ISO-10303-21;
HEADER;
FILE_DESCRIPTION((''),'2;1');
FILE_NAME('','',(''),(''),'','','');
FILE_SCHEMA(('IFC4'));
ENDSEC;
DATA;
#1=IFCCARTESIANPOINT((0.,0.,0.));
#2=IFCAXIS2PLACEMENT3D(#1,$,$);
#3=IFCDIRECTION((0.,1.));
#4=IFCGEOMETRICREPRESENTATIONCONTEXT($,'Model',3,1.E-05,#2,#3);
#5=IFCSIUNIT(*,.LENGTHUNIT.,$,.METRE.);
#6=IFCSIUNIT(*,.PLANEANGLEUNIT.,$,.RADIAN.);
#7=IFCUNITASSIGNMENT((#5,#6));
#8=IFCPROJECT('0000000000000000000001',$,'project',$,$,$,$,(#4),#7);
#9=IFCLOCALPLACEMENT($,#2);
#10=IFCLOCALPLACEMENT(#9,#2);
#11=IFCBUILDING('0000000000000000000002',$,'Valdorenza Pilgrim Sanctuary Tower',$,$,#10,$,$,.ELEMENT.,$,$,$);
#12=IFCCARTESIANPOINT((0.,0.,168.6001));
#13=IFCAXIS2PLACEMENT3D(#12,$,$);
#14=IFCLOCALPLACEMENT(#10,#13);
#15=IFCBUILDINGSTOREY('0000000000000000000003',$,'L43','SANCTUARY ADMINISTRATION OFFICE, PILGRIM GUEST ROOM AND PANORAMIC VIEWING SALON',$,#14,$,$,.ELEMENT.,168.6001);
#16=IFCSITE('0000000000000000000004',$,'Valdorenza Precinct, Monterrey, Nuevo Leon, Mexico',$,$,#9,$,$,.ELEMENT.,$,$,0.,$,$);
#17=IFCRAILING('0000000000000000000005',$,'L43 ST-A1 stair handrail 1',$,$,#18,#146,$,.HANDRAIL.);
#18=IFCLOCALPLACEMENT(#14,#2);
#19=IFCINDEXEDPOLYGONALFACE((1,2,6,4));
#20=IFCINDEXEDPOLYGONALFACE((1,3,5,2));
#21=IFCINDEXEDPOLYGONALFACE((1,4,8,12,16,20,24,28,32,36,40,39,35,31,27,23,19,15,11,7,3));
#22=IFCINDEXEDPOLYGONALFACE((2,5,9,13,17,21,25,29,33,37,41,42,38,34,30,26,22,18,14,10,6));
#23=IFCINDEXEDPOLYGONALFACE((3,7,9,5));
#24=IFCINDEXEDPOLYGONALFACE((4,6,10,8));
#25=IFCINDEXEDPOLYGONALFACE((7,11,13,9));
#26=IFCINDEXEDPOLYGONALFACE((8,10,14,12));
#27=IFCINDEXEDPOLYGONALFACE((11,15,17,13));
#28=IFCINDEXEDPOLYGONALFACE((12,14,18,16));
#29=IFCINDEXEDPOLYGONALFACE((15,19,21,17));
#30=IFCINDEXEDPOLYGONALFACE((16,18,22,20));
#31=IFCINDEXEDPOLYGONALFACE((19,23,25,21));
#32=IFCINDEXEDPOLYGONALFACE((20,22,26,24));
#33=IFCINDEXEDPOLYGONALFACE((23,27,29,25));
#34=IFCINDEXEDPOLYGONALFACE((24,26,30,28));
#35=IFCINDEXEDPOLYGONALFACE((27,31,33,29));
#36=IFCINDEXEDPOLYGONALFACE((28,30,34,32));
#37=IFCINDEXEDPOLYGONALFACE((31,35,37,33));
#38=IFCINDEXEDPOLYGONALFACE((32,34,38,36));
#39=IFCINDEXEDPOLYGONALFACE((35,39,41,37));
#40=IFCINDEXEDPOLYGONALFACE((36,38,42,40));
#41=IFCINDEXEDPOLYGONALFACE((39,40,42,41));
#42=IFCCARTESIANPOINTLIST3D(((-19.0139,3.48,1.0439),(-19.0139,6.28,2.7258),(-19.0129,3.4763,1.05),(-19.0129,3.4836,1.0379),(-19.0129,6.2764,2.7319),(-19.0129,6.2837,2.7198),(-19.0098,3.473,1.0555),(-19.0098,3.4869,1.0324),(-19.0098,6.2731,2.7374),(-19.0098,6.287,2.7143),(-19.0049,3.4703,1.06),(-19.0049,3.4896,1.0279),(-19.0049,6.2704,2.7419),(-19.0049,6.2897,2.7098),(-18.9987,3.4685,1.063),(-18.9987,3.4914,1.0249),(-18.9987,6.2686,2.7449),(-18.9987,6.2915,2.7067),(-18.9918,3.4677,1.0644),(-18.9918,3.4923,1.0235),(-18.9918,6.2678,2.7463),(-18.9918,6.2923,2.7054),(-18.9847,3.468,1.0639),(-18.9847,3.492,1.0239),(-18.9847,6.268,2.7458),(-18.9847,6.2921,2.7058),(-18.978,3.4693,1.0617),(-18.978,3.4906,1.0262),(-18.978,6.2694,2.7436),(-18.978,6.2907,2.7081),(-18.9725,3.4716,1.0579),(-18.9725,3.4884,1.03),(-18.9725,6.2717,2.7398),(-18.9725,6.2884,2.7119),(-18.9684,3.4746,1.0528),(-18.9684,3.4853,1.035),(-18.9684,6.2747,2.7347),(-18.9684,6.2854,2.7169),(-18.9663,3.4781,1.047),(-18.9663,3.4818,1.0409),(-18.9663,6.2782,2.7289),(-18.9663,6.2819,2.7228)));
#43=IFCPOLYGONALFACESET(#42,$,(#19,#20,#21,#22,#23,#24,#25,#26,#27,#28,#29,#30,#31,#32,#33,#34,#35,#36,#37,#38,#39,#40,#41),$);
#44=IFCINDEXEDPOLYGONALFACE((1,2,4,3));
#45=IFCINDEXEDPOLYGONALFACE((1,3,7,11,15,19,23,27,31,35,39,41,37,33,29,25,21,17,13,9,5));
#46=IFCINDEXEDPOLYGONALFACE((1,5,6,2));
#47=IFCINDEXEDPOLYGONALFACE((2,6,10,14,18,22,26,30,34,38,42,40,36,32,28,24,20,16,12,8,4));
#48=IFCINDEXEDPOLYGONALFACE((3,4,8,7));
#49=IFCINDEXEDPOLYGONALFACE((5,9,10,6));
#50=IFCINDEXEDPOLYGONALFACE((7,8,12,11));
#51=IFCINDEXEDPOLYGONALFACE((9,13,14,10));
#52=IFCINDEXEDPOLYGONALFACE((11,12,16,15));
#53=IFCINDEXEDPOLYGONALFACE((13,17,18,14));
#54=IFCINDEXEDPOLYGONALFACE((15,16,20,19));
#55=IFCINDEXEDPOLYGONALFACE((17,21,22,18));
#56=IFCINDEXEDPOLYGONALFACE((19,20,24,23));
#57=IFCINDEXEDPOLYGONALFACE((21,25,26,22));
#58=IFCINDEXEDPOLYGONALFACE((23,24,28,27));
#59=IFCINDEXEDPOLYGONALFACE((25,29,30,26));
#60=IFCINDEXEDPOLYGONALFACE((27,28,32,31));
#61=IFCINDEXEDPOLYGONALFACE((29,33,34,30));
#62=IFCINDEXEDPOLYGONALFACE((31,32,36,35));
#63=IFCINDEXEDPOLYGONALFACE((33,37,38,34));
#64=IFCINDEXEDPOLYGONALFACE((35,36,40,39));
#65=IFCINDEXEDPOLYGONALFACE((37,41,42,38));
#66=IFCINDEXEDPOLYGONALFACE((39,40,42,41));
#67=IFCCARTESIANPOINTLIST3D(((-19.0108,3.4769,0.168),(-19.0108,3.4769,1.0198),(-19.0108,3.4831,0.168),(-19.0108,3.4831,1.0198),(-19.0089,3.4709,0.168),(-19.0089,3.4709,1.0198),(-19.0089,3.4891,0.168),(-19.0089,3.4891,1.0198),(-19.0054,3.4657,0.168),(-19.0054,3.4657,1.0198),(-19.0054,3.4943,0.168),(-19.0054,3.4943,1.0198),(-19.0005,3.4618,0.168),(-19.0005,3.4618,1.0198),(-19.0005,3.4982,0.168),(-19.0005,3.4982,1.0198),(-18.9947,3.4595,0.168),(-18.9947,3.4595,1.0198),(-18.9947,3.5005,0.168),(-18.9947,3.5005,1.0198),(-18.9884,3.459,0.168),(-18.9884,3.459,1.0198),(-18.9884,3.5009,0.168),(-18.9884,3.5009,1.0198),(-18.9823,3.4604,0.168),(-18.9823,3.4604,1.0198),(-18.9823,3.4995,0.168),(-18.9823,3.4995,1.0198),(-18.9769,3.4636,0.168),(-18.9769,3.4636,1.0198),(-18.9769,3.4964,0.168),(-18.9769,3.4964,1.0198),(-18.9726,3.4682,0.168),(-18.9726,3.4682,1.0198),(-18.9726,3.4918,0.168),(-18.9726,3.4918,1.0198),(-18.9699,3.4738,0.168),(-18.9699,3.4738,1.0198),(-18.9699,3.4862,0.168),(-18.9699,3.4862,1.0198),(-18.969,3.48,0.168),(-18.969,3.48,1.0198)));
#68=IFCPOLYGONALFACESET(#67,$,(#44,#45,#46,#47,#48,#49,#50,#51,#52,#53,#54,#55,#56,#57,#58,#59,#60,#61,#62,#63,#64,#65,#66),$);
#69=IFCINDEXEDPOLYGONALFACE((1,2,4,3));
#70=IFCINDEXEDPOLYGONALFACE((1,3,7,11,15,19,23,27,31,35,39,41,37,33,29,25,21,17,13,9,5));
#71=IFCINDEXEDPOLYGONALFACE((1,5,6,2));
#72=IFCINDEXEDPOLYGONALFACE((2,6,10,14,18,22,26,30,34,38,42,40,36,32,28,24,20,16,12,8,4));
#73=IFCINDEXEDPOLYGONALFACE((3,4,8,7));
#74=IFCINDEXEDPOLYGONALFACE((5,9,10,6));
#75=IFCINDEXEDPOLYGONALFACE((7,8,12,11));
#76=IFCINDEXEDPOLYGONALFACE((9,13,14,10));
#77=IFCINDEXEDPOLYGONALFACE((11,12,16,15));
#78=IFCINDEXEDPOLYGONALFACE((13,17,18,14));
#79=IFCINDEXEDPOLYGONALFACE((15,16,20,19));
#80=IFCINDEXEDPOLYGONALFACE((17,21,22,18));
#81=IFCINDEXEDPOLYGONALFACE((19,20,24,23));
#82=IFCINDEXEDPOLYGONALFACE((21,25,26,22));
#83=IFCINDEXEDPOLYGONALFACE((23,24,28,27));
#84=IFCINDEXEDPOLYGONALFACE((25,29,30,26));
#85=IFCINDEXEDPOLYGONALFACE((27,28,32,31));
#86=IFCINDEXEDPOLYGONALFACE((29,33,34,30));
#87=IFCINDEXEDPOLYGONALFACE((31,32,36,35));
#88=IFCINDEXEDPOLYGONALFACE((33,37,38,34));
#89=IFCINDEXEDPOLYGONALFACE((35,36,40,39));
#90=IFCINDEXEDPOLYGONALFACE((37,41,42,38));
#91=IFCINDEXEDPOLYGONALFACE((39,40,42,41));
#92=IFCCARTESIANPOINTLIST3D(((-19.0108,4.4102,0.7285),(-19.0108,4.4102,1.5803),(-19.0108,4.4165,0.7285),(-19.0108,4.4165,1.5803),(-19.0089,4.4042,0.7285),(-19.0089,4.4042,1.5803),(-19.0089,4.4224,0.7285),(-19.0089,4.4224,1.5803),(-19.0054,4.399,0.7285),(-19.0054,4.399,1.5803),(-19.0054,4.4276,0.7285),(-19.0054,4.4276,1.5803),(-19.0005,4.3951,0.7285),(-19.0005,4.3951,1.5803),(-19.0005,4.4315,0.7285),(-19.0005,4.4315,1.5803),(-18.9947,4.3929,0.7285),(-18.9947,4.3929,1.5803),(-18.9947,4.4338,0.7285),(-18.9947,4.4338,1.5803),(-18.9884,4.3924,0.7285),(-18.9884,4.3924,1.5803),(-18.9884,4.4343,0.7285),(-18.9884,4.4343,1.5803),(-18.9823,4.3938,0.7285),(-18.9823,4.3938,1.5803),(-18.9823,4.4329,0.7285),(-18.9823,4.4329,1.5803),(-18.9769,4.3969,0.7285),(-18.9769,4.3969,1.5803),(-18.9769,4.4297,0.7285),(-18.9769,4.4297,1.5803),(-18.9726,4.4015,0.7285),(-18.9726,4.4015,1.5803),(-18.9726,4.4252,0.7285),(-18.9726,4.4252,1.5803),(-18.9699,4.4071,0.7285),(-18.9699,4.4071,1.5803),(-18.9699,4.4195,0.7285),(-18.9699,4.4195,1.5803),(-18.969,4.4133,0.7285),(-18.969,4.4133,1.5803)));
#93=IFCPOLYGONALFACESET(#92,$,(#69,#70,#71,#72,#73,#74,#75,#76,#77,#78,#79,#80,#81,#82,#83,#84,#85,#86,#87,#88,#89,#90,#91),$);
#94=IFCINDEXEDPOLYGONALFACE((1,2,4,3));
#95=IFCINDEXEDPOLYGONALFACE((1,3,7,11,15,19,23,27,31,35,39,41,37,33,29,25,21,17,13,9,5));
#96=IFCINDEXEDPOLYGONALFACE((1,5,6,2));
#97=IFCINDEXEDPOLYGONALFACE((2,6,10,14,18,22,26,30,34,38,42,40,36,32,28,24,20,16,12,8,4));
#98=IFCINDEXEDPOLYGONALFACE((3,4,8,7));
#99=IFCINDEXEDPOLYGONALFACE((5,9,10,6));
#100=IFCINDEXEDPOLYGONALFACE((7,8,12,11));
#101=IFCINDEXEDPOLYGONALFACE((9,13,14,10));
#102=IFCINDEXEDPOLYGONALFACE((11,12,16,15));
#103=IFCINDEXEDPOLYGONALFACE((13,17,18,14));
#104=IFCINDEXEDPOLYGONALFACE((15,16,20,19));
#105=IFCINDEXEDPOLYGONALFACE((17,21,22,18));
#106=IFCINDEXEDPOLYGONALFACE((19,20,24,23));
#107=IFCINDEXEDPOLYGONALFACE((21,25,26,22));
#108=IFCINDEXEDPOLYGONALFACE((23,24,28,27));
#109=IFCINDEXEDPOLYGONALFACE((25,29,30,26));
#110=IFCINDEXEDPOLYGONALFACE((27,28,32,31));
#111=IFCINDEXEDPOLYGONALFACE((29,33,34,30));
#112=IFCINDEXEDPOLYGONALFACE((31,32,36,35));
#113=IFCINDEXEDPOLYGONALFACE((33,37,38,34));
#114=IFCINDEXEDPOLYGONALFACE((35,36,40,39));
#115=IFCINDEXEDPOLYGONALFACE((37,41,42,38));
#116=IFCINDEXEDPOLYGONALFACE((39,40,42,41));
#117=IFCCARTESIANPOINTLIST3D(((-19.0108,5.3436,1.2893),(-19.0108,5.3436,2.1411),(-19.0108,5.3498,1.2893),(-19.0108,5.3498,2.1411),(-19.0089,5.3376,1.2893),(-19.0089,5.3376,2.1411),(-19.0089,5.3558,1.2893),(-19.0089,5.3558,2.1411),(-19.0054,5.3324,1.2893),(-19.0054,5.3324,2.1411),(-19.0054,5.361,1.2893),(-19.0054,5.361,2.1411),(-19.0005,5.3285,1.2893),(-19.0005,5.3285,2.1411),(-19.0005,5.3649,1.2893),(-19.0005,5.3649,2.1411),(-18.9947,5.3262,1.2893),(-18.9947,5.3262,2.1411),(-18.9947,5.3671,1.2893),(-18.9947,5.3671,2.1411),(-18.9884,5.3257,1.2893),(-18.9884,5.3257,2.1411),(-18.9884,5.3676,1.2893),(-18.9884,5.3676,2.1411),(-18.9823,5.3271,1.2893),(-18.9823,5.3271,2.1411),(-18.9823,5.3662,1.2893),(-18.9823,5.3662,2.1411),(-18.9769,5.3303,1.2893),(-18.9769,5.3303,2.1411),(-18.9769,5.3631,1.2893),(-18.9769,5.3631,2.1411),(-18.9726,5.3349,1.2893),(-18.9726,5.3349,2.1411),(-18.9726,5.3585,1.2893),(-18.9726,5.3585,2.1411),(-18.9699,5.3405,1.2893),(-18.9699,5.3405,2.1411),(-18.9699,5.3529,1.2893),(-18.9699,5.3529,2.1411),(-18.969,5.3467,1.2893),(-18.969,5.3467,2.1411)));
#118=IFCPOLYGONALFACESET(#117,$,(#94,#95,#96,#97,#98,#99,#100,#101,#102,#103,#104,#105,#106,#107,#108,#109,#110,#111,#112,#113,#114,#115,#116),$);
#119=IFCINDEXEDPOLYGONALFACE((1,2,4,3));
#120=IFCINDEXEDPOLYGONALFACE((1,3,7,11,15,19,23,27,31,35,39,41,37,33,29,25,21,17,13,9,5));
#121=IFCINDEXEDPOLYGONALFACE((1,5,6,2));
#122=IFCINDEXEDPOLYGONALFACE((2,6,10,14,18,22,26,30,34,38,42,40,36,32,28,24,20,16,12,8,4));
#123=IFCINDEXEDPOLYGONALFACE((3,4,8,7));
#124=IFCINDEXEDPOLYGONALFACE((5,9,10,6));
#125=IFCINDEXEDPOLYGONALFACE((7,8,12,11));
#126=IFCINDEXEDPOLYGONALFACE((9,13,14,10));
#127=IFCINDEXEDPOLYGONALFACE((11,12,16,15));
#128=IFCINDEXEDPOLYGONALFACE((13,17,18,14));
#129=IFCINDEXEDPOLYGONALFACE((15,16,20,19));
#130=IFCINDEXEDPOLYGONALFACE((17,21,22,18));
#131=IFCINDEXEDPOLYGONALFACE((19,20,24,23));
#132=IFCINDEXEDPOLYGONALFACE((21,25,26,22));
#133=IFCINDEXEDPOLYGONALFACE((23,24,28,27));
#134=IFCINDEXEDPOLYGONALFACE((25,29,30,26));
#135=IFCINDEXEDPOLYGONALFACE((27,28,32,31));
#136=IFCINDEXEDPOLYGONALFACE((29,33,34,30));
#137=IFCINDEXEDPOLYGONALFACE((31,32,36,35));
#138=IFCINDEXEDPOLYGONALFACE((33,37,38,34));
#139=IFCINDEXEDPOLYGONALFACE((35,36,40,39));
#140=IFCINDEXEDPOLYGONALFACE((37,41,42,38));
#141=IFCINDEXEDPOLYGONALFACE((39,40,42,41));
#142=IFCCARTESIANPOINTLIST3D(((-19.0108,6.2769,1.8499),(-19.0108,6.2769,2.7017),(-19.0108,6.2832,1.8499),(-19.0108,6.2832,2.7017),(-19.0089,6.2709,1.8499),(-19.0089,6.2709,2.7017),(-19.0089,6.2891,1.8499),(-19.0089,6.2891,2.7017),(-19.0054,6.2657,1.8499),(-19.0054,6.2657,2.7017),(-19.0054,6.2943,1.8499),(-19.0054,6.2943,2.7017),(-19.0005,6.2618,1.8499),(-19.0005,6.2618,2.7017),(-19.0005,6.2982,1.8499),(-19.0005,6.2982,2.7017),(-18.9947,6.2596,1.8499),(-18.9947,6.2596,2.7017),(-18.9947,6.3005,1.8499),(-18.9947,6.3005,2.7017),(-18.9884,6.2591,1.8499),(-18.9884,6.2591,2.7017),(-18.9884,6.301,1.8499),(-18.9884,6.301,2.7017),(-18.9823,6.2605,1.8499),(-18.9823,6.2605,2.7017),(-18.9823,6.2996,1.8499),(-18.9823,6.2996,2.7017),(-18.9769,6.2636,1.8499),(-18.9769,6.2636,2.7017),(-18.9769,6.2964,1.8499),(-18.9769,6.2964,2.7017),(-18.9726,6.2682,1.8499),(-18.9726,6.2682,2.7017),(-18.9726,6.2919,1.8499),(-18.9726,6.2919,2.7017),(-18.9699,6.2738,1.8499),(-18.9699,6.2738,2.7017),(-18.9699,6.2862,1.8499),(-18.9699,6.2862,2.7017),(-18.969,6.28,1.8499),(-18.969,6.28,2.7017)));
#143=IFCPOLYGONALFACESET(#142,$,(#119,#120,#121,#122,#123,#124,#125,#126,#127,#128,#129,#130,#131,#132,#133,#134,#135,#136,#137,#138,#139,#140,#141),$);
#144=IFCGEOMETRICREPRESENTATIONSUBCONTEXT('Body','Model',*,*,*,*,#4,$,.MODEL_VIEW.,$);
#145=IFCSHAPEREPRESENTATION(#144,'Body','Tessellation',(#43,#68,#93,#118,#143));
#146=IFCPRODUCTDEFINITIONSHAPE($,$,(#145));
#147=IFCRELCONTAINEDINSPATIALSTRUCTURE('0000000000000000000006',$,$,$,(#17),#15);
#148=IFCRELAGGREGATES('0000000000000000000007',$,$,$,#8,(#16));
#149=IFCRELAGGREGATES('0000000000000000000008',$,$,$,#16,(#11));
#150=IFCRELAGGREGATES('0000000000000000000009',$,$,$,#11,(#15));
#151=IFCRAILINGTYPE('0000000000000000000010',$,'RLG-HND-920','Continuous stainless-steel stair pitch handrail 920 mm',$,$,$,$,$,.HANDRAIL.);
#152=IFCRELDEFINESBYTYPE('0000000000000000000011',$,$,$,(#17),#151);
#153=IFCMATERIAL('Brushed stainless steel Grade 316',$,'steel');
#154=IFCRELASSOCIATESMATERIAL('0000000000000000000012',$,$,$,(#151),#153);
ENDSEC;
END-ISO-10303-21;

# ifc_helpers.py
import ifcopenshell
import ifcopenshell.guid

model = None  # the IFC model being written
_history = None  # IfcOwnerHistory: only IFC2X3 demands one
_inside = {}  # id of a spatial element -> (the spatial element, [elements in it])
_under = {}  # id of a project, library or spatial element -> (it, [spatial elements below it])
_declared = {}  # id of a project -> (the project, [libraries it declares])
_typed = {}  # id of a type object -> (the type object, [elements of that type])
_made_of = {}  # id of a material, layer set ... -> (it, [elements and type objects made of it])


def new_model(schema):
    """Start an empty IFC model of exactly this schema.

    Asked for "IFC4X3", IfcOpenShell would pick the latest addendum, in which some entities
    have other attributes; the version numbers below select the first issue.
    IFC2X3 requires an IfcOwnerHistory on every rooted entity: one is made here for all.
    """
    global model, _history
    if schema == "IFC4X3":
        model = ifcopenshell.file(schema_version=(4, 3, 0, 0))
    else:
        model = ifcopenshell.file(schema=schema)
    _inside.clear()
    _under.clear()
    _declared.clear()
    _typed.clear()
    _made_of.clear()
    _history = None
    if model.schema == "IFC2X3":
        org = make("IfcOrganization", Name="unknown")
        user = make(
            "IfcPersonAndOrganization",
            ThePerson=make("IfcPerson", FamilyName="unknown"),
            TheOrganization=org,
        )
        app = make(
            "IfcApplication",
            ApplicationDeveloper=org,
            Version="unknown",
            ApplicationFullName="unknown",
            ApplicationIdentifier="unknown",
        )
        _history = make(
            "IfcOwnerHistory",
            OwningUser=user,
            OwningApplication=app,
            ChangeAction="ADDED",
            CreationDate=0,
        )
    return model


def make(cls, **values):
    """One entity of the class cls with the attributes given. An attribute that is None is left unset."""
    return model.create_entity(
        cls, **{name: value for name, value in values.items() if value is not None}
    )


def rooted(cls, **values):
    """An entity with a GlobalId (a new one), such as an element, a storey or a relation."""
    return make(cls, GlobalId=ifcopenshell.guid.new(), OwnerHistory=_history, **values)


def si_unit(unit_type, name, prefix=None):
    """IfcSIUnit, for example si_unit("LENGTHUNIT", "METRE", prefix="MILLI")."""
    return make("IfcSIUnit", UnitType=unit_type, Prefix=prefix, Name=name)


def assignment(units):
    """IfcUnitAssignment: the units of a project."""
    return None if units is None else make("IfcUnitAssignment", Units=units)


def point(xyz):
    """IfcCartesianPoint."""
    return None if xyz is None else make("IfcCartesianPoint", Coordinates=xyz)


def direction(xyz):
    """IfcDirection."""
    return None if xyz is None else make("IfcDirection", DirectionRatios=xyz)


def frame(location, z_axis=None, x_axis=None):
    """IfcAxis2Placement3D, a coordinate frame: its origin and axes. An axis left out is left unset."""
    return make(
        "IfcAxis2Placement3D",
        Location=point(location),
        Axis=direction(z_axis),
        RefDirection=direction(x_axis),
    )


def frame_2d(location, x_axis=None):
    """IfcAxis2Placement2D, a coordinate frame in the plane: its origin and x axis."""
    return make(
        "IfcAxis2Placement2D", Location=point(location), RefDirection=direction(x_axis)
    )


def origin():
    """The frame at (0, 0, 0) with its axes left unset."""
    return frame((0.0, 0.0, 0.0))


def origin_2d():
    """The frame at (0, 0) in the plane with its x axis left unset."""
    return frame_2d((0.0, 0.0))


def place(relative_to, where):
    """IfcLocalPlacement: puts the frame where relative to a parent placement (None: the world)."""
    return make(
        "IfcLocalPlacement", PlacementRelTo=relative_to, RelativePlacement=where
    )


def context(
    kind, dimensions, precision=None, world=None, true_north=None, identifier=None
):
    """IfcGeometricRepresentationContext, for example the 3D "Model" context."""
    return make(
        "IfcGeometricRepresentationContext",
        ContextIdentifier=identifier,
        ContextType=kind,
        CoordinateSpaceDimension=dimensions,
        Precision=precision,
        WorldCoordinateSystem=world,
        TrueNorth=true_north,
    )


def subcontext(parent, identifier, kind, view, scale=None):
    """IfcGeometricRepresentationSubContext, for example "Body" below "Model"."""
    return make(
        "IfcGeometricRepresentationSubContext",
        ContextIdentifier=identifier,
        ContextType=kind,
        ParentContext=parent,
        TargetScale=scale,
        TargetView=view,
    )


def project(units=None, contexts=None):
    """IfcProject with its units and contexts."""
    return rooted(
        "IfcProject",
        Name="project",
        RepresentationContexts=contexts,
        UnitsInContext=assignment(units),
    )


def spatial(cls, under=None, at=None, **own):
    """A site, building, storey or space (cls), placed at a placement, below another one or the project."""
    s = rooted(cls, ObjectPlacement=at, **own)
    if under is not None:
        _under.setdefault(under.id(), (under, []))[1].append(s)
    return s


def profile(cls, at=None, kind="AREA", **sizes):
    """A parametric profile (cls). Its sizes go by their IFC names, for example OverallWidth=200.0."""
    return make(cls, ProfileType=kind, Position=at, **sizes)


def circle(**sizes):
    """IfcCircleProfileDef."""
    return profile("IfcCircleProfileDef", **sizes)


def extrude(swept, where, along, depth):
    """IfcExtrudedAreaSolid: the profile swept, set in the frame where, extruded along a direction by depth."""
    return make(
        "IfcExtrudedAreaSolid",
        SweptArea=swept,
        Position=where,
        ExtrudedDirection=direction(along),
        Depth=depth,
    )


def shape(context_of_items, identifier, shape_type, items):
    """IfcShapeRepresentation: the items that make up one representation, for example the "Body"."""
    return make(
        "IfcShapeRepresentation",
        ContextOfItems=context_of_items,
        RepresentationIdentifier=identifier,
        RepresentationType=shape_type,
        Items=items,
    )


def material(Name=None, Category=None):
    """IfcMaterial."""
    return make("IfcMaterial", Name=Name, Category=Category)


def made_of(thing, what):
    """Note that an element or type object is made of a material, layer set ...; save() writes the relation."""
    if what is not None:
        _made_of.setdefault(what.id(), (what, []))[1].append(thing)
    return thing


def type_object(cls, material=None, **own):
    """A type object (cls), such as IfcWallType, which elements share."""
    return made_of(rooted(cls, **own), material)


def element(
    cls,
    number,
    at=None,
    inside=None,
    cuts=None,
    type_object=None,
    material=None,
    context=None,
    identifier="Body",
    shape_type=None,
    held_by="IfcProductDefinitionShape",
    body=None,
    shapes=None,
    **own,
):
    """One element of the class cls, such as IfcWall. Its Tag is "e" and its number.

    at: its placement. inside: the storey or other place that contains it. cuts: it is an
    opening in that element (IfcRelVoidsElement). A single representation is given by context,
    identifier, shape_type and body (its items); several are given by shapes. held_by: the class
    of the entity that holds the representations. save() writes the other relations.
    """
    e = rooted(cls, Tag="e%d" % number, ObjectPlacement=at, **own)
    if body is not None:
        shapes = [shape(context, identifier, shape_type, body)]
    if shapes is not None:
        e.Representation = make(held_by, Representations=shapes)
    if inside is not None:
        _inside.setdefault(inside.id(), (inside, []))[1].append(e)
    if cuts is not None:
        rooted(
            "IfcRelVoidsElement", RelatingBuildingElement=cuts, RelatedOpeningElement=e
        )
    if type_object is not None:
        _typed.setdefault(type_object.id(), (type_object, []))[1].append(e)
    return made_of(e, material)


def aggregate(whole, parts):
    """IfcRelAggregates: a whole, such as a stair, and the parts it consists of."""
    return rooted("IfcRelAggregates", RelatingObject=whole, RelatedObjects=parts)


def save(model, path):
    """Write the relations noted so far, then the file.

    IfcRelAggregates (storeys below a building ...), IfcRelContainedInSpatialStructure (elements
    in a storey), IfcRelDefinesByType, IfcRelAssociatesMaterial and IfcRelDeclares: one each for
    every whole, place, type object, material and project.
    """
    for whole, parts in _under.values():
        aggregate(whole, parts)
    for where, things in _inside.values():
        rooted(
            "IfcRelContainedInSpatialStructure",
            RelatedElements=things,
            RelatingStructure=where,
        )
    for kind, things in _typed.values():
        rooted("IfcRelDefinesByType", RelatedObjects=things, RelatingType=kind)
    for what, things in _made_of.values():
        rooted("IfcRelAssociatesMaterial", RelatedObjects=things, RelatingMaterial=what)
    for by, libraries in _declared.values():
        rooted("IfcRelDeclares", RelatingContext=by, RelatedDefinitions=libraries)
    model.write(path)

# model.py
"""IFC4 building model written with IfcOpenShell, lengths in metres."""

from ifc_helpers import new_model, si_unit, direction, frame, origin, origin_2d, place, context, subcontext, project, spatial, circle, extrude, material, type_object, element, save


model = new_model("IFC4")

# Units and contexts
model_context = context("Model", 3, precision=1e-05, world=origin(), true_north=direction((0.0, 1.0)))
body_context = subcontext(model_context, "Body", "Model", "MODEL_VIEW")
ifc_project = project(units=[si_unit("LENGTHUNIT", "METRE"), si_unit("PLANEANGLEUNIT", "RADIAN")], contexts=[model_context])

# Site, building, storey
site_placement = place(None, origin())
site = spatial("IfcSite", under=ifc_project, at=site_placement, Name="Valdorenza Precinct, Monterrey, Nuevo Leon, Mexico", CompositionType="ELEMENT", RefElevation=0.0)
building_placement = place(site_placement, origin())
building = spatial("IfcBuilding", under=site, at=building_placement, Name="Valdorenza Pilgrim Sanctuary Tower", CompositionType="ELEMENT")
storey_placement = place(building_placement, frame((0.0, 0.0, 168.6001)))
storey = spatial("IfcBuildingStorey", under=building, at=storey_placement, Name="L43", Description="SANCTUARY ADMINISTRATION OFFICE, PILGRIM GUEST ROOM AND PANORAMIC VIEWING SALON", CompositionType="ELEMENT", Elevation=168.6001)

# Shared definitions
ifc_material_1 = material(Name="Brushed stainless steel Grade 316", Category="steel")

# Railing
railing_type_1 = type_object("IfcRailingType", Name="RLG-HND-920", Description="Continuous stainless-steel stair pitch handrail 920 mm", PredefinedType="HANDRAIL", material=ifc_material_1)
railing_1_placement = place(storey_placement, frame((-18.99, 3.48, 0.168)))
element("IfcRailing", 1, at=railing_1_placement, inside=storey, type_object=railing_type_1, Name="L43 ST-A1 stair handrail 1", PredefinedType="HANDRAIL", context=body_context, shape_type="SweptSolid", body=[
    extrude(circle(Radius=0.0239, at=origin_2d()), frame((0.0, 0.0, 0.876), z_axis=(0.0, 0.857242, 0.514913), x_axis=(-1.0, 0.0, 0.0)), (0.0, 0.0, 1.0), 3.2664),
    extrude(circle(Radius=0.021, at=origin_2d()), origin(), (0.0, 0.0, 1.0), 0.8518),
    extrude(circle(Radius=0.021, at=origin_2d()), frame((0.0, 0.9333, 0.5605)), (0.0, 0.0, 1.0), 0.8518),
    extrude(circle(Radius=0.021, at=origin_2d()), frame((0.0, 1.8667, 1.1213)), (0.0, 0.0, 1.0), 0.8518),
    extrude(circle(Radius=0.021, at=origin_2d()), frame((0.0, 2.8, 1.6819)), (0.0, 0.0, 1.0), 0.8518),
])

save(model, "model.ifc")
